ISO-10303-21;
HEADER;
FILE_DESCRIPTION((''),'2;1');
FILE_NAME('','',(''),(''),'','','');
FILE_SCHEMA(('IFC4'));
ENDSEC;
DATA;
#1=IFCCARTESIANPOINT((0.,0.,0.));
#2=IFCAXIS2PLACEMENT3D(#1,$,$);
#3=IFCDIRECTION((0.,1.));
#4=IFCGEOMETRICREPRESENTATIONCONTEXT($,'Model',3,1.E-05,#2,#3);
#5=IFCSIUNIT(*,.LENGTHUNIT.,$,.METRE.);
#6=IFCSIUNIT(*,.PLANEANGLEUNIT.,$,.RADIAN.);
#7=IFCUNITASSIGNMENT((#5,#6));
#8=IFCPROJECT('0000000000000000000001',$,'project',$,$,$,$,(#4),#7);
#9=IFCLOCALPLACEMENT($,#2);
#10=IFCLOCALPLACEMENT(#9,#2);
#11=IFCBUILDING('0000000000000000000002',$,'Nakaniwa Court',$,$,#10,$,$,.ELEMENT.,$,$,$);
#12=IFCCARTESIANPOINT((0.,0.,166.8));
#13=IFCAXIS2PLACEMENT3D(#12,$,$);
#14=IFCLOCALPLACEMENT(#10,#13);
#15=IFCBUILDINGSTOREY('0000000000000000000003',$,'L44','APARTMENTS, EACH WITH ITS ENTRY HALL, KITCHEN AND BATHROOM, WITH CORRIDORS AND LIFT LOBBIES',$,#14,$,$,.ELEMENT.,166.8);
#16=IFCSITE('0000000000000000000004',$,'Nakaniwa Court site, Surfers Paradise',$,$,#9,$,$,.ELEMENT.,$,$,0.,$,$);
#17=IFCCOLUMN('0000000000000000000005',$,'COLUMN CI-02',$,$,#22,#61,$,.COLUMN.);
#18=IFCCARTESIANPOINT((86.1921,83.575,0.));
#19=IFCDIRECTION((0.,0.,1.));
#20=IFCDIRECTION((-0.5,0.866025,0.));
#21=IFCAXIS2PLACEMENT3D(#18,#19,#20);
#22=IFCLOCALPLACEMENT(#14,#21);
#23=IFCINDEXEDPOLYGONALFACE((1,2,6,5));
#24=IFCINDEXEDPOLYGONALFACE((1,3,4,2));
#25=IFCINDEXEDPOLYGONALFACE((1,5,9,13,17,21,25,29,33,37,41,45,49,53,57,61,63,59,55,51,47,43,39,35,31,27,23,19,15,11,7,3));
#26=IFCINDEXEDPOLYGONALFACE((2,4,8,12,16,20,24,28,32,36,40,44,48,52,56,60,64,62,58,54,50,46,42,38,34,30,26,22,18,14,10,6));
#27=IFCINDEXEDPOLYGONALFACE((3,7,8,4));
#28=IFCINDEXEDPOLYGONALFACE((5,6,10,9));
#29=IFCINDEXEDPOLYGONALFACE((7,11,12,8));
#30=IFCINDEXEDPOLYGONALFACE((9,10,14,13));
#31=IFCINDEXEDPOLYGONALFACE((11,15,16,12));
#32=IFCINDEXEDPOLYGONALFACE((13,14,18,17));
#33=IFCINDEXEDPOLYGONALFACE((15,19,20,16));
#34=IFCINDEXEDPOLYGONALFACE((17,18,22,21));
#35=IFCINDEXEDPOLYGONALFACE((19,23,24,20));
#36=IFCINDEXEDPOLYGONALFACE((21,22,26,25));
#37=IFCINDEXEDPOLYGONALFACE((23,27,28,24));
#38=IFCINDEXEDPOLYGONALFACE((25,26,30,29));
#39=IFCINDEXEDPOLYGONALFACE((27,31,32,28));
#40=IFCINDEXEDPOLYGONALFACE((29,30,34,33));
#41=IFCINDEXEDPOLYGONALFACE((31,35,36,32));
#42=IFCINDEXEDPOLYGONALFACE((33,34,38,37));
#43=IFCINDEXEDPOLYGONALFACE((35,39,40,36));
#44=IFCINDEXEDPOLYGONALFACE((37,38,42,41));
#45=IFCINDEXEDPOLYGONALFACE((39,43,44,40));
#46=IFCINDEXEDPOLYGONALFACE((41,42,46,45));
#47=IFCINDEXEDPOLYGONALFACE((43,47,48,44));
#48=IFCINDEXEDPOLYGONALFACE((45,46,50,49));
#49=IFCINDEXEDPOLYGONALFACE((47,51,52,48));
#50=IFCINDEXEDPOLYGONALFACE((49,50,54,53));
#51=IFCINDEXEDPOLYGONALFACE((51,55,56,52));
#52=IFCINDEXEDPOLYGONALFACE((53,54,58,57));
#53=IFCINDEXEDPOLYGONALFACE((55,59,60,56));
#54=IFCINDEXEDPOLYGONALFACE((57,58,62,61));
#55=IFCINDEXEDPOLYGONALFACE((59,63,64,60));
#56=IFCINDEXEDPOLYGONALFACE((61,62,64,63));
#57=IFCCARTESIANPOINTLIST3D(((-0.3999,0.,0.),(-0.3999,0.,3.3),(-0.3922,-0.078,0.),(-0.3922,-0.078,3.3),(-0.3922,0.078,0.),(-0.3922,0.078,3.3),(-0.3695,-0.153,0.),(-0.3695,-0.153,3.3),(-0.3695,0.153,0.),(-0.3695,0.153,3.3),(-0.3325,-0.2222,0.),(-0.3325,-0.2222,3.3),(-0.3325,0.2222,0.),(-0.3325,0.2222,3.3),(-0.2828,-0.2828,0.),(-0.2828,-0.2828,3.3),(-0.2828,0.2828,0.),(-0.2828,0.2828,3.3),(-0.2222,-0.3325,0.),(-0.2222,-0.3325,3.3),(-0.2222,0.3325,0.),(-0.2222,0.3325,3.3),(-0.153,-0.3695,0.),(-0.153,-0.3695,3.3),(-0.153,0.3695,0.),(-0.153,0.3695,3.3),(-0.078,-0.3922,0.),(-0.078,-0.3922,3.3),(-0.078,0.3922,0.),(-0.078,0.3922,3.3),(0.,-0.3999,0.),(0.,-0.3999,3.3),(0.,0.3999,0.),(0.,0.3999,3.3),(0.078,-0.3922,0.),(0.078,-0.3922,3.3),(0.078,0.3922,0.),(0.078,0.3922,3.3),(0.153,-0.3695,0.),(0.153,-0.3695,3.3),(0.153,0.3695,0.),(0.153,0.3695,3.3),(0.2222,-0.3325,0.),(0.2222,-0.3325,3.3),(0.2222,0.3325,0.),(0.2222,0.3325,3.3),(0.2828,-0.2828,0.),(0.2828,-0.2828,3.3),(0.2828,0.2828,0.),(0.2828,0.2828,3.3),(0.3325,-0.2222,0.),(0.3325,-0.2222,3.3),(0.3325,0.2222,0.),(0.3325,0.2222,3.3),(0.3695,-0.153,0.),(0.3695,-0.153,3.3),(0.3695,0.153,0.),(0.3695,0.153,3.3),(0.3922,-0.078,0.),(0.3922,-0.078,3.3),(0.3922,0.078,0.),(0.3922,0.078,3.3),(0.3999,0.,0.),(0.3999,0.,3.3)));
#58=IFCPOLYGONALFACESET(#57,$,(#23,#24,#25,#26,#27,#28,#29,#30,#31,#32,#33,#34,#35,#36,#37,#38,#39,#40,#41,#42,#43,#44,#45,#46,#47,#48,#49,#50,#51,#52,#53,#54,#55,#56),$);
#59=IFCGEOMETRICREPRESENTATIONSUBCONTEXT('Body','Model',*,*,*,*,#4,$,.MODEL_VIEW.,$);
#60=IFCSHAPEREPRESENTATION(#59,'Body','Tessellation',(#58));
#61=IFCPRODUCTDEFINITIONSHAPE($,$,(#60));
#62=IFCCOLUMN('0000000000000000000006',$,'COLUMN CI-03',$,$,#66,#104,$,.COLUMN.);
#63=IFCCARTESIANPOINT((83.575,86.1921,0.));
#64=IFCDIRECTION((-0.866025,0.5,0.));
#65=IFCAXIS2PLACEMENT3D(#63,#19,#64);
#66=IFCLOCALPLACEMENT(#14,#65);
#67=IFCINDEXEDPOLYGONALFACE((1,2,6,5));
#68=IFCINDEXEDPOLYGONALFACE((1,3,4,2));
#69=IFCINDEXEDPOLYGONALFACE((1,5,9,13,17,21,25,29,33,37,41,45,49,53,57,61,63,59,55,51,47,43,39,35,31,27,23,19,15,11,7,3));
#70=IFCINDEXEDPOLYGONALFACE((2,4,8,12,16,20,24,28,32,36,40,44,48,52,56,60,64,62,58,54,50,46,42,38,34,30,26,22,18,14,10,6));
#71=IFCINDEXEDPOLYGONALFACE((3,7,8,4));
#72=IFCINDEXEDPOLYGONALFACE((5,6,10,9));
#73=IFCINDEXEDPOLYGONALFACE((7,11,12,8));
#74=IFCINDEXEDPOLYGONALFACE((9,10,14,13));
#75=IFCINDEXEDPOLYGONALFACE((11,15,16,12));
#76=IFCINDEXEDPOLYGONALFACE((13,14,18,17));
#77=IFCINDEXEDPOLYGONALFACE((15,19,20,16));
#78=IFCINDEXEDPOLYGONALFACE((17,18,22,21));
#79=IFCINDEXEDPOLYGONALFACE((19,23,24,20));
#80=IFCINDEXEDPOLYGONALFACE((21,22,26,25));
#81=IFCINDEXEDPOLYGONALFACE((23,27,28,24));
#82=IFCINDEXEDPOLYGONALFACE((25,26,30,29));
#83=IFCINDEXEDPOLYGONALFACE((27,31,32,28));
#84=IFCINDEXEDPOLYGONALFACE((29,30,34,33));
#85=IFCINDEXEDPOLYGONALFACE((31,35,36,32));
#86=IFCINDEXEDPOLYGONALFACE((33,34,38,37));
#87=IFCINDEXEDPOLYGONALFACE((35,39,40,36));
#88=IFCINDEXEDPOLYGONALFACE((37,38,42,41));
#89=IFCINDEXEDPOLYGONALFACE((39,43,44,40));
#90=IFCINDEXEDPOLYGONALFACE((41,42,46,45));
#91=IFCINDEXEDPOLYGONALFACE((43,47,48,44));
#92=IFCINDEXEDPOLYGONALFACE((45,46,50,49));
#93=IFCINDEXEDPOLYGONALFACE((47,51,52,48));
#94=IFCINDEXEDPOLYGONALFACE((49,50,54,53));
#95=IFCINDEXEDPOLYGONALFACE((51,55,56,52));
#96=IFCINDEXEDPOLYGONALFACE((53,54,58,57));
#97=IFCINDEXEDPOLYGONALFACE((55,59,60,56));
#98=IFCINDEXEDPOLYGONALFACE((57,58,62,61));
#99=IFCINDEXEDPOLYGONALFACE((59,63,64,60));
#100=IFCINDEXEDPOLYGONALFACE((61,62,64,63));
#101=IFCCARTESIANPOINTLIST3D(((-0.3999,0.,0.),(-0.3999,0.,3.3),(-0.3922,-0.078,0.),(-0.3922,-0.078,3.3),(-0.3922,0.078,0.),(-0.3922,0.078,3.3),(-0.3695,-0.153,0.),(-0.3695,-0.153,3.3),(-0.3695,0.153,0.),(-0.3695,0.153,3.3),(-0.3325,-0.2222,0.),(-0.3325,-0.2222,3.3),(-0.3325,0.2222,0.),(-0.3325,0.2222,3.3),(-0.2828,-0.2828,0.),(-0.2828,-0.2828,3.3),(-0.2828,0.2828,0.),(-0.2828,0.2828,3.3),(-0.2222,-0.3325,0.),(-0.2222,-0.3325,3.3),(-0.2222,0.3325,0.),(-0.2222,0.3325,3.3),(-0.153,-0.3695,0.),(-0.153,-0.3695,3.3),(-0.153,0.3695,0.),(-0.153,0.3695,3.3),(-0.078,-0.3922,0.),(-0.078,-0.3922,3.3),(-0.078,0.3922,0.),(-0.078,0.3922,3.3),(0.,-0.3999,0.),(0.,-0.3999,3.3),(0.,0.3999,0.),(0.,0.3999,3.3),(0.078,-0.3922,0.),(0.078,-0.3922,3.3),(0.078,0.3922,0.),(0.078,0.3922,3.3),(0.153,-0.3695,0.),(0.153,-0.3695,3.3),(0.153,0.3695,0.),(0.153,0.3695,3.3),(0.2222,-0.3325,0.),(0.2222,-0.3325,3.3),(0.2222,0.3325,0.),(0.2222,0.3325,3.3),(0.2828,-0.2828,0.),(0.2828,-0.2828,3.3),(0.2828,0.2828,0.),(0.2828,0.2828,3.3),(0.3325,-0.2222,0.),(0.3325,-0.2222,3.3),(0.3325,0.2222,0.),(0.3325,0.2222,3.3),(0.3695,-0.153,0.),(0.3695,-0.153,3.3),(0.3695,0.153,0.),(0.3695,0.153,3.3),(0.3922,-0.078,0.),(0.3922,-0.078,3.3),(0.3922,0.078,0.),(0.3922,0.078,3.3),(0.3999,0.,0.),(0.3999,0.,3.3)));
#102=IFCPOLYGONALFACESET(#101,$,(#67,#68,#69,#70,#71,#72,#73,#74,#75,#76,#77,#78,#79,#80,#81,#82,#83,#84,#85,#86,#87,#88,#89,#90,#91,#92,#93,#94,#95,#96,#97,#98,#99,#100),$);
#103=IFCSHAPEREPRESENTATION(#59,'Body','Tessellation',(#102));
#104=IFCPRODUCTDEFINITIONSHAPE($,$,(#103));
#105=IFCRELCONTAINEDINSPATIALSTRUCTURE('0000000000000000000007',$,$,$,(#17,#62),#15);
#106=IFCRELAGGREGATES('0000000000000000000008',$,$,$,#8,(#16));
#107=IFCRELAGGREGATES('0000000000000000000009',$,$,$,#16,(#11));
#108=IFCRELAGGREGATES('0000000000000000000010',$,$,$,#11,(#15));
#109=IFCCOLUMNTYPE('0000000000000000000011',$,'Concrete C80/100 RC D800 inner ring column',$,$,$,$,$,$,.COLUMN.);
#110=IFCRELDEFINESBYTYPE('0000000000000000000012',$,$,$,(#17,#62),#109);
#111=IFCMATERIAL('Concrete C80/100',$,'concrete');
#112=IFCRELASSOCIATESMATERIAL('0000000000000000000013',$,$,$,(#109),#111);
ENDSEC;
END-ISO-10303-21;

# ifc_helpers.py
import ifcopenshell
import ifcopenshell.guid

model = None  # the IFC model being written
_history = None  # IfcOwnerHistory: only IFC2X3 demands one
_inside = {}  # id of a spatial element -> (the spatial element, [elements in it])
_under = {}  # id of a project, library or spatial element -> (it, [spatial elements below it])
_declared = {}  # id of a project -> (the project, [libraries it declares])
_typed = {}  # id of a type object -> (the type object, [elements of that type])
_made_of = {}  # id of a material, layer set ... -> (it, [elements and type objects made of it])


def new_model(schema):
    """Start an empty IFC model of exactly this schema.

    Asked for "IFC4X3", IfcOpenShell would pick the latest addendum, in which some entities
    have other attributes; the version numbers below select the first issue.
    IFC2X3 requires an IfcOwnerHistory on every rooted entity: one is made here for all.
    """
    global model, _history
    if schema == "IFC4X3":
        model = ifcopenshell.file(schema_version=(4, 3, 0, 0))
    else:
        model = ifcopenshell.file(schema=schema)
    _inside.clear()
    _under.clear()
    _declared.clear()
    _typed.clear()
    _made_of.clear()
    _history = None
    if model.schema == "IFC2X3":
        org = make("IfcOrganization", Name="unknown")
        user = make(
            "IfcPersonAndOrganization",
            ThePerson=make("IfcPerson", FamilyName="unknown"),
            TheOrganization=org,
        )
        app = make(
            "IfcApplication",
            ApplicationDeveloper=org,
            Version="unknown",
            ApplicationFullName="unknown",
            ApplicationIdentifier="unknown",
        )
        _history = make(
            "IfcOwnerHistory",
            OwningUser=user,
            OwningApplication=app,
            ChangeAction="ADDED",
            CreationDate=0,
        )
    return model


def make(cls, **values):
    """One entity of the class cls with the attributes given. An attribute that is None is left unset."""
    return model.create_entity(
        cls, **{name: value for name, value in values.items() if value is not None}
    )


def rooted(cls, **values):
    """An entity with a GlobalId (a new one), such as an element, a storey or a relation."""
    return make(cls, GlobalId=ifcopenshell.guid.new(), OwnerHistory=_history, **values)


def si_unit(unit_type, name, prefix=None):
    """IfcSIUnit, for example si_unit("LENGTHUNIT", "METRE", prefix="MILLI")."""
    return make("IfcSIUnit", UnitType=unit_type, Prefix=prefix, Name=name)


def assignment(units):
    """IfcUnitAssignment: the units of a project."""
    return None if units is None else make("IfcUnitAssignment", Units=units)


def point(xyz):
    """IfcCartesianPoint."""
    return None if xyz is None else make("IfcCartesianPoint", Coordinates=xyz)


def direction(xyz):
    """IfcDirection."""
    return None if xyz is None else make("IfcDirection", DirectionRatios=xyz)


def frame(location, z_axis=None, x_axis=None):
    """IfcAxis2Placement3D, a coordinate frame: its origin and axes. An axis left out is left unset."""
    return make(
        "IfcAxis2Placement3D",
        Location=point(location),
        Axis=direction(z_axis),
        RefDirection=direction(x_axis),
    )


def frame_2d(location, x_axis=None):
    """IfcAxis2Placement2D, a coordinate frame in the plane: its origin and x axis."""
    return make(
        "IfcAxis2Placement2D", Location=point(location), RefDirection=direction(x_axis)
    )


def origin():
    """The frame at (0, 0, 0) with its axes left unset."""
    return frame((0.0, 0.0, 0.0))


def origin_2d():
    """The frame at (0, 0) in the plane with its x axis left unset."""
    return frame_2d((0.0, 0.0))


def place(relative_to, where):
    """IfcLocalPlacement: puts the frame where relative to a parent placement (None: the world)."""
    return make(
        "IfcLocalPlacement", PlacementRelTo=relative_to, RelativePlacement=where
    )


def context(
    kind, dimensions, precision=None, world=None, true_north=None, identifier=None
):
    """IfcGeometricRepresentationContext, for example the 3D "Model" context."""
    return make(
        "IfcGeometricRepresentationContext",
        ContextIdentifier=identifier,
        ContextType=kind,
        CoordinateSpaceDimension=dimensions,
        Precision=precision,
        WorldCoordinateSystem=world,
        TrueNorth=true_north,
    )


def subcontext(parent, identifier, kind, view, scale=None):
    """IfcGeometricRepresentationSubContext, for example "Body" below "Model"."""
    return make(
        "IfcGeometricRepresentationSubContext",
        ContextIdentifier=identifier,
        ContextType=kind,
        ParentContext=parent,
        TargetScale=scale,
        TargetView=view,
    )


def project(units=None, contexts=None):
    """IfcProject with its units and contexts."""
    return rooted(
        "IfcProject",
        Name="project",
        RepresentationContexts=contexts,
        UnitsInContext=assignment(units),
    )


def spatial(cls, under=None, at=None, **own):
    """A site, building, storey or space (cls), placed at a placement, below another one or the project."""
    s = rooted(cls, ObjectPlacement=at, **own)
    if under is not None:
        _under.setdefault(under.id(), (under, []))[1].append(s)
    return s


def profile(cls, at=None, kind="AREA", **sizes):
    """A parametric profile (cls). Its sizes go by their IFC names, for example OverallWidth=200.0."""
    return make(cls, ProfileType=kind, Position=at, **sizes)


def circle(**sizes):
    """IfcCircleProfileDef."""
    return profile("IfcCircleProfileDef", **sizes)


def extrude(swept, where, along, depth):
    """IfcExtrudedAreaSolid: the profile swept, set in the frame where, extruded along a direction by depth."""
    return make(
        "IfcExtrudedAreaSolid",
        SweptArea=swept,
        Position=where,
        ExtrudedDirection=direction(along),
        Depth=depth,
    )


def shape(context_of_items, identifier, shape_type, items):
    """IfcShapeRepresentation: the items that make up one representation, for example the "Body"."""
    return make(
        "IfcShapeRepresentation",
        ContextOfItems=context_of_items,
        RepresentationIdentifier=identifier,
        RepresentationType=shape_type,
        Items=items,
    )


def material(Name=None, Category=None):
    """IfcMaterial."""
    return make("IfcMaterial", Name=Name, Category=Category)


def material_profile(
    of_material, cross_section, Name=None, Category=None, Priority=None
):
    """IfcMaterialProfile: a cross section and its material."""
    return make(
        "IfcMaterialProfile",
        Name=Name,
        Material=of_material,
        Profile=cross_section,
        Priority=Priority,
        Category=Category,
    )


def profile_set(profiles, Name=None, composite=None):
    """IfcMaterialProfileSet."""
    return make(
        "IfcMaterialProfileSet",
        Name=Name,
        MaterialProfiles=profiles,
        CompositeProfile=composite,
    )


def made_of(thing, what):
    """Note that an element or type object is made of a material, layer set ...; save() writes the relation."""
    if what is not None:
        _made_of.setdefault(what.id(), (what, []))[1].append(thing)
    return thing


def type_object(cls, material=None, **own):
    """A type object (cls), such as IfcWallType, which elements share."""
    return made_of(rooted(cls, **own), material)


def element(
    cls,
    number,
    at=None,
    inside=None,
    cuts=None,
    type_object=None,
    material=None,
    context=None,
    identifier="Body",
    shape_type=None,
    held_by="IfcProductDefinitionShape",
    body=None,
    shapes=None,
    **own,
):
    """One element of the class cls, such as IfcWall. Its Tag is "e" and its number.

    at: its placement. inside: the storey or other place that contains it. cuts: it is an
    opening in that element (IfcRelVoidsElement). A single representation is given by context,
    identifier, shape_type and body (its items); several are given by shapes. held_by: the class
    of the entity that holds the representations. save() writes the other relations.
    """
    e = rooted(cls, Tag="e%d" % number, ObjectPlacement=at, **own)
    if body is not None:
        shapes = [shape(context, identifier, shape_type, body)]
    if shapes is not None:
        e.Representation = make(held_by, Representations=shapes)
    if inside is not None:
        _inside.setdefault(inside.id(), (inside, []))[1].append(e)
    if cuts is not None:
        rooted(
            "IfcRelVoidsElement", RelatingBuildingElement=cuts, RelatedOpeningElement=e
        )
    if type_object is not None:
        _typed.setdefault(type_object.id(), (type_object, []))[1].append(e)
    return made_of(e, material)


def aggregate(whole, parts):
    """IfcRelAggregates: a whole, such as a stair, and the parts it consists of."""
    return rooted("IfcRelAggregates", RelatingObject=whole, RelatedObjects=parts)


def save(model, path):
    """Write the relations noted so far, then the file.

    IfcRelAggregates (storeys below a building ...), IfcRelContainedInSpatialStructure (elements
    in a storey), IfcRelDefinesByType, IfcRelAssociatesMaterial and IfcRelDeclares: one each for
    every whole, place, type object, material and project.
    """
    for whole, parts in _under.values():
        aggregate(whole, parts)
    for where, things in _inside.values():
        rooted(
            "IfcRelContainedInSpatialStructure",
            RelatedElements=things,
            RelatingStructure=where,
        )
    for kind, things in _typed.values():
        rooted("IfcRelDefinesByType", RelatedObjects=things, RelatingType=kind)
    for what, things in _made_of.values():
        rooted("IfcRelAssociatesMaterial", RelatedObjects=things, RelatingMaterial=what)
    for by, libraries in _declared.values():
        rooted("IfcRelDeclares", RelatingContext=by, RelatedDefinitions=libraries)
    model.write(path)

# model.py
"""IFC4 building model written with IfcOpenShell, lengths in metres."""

from ifc_helpers import new_model, si_unit, direction, frame, origin, origin_2d, place, context, subcontext, project, spatial, circle, extrude, material, material_profile, profile_set, type_object, element, save


model = new_model("IFC4")

# Units and contexts
model_context = context("Model", 3, precision=1e-05, world=origin(), true_north=direction((0.0, 1.0)))
body_context = subcontext(model_context, "Body", "Model", "MODEL_VIEW")
ifc_project = project(units=[si_unit("LENGTHUNIT", "METRE"), si_unit("PLANEANGLEUNIT", "RADIAN")], contexts=[model_context])

# Site, building, storey
site_placement = place(None, origin())
site = spatial("IfcSite", under=ifc_project, at=site_placement, Name="Nakaniwa Court site, Surfers Paradise", CompositionType="ELEMENT", RefElevation=0.0)
building_placement = place(site_placement, origin())
building = spatial("IfcBuilding", under=site, at=building_placement, Name="Nakaniwa Court", CompositionType="ELEMENT")
storey_placement = place(building_placement, frame((0.0, 0.0, 166.8)))
storey = spatial("IfcBuildingStorey", under=building, at=storey_placement, Name="L44", Description="APARTMENTS, EACH WITH ITS ENTRY HALL, KITCHEN AND BATHROOM, WITH CORRIDORS AND LIFT LOBBIES", CompositionType="ELEMENT", Elevation=166.8)

# Columns
ifc_material_1 = material(Name="Concrete C80/100", Category="concrete")
ifc_material_profile_1 = material_profile(ifc_material_1, circle(Radius=0.3999, at=origin_2d()), Name="Concrete C80/100 RC D800 inner ring column")
ifc_profile_set_1 = profile_set([ifc_material_profile_1], Name="Concrete C80/100")
column_type_1 = type_object("IfcColumnType", Name="Concrete C80/100 RC D800 inner ring column", PredefinedType="COLUMN", material=ifc_profile_set_1)
for number, where, z_axis, x_axis, name in (
    (1, (86.1921, 83.575, 0.0), (0.0, 0.0, 1.0), (-0.5, 0.866025, 0.0), "COLUMN CI-02"),
    (2, (83.575, 86.1921, 0.0), (0.0, 0.0, 1.0), (-0.866025, 0.5, 0.0), "COLUMN CI-03"),
):
    element("IfcColumn", number, at=place(storey_placement, frame(where, z_axis=z_axis, x_axis=x_axis)), inside=storey, type_object=column_type_1, Name=name, PredefinedType="COLUMN", context=body_context, shape_type="SweptSolid", body=[
        extrude(circle(Radius=0.3999, at=origin_2d()), origin(), (0.0, 0.0, 1.0), 3.3),
    ])

save(model, "model.ifc")
